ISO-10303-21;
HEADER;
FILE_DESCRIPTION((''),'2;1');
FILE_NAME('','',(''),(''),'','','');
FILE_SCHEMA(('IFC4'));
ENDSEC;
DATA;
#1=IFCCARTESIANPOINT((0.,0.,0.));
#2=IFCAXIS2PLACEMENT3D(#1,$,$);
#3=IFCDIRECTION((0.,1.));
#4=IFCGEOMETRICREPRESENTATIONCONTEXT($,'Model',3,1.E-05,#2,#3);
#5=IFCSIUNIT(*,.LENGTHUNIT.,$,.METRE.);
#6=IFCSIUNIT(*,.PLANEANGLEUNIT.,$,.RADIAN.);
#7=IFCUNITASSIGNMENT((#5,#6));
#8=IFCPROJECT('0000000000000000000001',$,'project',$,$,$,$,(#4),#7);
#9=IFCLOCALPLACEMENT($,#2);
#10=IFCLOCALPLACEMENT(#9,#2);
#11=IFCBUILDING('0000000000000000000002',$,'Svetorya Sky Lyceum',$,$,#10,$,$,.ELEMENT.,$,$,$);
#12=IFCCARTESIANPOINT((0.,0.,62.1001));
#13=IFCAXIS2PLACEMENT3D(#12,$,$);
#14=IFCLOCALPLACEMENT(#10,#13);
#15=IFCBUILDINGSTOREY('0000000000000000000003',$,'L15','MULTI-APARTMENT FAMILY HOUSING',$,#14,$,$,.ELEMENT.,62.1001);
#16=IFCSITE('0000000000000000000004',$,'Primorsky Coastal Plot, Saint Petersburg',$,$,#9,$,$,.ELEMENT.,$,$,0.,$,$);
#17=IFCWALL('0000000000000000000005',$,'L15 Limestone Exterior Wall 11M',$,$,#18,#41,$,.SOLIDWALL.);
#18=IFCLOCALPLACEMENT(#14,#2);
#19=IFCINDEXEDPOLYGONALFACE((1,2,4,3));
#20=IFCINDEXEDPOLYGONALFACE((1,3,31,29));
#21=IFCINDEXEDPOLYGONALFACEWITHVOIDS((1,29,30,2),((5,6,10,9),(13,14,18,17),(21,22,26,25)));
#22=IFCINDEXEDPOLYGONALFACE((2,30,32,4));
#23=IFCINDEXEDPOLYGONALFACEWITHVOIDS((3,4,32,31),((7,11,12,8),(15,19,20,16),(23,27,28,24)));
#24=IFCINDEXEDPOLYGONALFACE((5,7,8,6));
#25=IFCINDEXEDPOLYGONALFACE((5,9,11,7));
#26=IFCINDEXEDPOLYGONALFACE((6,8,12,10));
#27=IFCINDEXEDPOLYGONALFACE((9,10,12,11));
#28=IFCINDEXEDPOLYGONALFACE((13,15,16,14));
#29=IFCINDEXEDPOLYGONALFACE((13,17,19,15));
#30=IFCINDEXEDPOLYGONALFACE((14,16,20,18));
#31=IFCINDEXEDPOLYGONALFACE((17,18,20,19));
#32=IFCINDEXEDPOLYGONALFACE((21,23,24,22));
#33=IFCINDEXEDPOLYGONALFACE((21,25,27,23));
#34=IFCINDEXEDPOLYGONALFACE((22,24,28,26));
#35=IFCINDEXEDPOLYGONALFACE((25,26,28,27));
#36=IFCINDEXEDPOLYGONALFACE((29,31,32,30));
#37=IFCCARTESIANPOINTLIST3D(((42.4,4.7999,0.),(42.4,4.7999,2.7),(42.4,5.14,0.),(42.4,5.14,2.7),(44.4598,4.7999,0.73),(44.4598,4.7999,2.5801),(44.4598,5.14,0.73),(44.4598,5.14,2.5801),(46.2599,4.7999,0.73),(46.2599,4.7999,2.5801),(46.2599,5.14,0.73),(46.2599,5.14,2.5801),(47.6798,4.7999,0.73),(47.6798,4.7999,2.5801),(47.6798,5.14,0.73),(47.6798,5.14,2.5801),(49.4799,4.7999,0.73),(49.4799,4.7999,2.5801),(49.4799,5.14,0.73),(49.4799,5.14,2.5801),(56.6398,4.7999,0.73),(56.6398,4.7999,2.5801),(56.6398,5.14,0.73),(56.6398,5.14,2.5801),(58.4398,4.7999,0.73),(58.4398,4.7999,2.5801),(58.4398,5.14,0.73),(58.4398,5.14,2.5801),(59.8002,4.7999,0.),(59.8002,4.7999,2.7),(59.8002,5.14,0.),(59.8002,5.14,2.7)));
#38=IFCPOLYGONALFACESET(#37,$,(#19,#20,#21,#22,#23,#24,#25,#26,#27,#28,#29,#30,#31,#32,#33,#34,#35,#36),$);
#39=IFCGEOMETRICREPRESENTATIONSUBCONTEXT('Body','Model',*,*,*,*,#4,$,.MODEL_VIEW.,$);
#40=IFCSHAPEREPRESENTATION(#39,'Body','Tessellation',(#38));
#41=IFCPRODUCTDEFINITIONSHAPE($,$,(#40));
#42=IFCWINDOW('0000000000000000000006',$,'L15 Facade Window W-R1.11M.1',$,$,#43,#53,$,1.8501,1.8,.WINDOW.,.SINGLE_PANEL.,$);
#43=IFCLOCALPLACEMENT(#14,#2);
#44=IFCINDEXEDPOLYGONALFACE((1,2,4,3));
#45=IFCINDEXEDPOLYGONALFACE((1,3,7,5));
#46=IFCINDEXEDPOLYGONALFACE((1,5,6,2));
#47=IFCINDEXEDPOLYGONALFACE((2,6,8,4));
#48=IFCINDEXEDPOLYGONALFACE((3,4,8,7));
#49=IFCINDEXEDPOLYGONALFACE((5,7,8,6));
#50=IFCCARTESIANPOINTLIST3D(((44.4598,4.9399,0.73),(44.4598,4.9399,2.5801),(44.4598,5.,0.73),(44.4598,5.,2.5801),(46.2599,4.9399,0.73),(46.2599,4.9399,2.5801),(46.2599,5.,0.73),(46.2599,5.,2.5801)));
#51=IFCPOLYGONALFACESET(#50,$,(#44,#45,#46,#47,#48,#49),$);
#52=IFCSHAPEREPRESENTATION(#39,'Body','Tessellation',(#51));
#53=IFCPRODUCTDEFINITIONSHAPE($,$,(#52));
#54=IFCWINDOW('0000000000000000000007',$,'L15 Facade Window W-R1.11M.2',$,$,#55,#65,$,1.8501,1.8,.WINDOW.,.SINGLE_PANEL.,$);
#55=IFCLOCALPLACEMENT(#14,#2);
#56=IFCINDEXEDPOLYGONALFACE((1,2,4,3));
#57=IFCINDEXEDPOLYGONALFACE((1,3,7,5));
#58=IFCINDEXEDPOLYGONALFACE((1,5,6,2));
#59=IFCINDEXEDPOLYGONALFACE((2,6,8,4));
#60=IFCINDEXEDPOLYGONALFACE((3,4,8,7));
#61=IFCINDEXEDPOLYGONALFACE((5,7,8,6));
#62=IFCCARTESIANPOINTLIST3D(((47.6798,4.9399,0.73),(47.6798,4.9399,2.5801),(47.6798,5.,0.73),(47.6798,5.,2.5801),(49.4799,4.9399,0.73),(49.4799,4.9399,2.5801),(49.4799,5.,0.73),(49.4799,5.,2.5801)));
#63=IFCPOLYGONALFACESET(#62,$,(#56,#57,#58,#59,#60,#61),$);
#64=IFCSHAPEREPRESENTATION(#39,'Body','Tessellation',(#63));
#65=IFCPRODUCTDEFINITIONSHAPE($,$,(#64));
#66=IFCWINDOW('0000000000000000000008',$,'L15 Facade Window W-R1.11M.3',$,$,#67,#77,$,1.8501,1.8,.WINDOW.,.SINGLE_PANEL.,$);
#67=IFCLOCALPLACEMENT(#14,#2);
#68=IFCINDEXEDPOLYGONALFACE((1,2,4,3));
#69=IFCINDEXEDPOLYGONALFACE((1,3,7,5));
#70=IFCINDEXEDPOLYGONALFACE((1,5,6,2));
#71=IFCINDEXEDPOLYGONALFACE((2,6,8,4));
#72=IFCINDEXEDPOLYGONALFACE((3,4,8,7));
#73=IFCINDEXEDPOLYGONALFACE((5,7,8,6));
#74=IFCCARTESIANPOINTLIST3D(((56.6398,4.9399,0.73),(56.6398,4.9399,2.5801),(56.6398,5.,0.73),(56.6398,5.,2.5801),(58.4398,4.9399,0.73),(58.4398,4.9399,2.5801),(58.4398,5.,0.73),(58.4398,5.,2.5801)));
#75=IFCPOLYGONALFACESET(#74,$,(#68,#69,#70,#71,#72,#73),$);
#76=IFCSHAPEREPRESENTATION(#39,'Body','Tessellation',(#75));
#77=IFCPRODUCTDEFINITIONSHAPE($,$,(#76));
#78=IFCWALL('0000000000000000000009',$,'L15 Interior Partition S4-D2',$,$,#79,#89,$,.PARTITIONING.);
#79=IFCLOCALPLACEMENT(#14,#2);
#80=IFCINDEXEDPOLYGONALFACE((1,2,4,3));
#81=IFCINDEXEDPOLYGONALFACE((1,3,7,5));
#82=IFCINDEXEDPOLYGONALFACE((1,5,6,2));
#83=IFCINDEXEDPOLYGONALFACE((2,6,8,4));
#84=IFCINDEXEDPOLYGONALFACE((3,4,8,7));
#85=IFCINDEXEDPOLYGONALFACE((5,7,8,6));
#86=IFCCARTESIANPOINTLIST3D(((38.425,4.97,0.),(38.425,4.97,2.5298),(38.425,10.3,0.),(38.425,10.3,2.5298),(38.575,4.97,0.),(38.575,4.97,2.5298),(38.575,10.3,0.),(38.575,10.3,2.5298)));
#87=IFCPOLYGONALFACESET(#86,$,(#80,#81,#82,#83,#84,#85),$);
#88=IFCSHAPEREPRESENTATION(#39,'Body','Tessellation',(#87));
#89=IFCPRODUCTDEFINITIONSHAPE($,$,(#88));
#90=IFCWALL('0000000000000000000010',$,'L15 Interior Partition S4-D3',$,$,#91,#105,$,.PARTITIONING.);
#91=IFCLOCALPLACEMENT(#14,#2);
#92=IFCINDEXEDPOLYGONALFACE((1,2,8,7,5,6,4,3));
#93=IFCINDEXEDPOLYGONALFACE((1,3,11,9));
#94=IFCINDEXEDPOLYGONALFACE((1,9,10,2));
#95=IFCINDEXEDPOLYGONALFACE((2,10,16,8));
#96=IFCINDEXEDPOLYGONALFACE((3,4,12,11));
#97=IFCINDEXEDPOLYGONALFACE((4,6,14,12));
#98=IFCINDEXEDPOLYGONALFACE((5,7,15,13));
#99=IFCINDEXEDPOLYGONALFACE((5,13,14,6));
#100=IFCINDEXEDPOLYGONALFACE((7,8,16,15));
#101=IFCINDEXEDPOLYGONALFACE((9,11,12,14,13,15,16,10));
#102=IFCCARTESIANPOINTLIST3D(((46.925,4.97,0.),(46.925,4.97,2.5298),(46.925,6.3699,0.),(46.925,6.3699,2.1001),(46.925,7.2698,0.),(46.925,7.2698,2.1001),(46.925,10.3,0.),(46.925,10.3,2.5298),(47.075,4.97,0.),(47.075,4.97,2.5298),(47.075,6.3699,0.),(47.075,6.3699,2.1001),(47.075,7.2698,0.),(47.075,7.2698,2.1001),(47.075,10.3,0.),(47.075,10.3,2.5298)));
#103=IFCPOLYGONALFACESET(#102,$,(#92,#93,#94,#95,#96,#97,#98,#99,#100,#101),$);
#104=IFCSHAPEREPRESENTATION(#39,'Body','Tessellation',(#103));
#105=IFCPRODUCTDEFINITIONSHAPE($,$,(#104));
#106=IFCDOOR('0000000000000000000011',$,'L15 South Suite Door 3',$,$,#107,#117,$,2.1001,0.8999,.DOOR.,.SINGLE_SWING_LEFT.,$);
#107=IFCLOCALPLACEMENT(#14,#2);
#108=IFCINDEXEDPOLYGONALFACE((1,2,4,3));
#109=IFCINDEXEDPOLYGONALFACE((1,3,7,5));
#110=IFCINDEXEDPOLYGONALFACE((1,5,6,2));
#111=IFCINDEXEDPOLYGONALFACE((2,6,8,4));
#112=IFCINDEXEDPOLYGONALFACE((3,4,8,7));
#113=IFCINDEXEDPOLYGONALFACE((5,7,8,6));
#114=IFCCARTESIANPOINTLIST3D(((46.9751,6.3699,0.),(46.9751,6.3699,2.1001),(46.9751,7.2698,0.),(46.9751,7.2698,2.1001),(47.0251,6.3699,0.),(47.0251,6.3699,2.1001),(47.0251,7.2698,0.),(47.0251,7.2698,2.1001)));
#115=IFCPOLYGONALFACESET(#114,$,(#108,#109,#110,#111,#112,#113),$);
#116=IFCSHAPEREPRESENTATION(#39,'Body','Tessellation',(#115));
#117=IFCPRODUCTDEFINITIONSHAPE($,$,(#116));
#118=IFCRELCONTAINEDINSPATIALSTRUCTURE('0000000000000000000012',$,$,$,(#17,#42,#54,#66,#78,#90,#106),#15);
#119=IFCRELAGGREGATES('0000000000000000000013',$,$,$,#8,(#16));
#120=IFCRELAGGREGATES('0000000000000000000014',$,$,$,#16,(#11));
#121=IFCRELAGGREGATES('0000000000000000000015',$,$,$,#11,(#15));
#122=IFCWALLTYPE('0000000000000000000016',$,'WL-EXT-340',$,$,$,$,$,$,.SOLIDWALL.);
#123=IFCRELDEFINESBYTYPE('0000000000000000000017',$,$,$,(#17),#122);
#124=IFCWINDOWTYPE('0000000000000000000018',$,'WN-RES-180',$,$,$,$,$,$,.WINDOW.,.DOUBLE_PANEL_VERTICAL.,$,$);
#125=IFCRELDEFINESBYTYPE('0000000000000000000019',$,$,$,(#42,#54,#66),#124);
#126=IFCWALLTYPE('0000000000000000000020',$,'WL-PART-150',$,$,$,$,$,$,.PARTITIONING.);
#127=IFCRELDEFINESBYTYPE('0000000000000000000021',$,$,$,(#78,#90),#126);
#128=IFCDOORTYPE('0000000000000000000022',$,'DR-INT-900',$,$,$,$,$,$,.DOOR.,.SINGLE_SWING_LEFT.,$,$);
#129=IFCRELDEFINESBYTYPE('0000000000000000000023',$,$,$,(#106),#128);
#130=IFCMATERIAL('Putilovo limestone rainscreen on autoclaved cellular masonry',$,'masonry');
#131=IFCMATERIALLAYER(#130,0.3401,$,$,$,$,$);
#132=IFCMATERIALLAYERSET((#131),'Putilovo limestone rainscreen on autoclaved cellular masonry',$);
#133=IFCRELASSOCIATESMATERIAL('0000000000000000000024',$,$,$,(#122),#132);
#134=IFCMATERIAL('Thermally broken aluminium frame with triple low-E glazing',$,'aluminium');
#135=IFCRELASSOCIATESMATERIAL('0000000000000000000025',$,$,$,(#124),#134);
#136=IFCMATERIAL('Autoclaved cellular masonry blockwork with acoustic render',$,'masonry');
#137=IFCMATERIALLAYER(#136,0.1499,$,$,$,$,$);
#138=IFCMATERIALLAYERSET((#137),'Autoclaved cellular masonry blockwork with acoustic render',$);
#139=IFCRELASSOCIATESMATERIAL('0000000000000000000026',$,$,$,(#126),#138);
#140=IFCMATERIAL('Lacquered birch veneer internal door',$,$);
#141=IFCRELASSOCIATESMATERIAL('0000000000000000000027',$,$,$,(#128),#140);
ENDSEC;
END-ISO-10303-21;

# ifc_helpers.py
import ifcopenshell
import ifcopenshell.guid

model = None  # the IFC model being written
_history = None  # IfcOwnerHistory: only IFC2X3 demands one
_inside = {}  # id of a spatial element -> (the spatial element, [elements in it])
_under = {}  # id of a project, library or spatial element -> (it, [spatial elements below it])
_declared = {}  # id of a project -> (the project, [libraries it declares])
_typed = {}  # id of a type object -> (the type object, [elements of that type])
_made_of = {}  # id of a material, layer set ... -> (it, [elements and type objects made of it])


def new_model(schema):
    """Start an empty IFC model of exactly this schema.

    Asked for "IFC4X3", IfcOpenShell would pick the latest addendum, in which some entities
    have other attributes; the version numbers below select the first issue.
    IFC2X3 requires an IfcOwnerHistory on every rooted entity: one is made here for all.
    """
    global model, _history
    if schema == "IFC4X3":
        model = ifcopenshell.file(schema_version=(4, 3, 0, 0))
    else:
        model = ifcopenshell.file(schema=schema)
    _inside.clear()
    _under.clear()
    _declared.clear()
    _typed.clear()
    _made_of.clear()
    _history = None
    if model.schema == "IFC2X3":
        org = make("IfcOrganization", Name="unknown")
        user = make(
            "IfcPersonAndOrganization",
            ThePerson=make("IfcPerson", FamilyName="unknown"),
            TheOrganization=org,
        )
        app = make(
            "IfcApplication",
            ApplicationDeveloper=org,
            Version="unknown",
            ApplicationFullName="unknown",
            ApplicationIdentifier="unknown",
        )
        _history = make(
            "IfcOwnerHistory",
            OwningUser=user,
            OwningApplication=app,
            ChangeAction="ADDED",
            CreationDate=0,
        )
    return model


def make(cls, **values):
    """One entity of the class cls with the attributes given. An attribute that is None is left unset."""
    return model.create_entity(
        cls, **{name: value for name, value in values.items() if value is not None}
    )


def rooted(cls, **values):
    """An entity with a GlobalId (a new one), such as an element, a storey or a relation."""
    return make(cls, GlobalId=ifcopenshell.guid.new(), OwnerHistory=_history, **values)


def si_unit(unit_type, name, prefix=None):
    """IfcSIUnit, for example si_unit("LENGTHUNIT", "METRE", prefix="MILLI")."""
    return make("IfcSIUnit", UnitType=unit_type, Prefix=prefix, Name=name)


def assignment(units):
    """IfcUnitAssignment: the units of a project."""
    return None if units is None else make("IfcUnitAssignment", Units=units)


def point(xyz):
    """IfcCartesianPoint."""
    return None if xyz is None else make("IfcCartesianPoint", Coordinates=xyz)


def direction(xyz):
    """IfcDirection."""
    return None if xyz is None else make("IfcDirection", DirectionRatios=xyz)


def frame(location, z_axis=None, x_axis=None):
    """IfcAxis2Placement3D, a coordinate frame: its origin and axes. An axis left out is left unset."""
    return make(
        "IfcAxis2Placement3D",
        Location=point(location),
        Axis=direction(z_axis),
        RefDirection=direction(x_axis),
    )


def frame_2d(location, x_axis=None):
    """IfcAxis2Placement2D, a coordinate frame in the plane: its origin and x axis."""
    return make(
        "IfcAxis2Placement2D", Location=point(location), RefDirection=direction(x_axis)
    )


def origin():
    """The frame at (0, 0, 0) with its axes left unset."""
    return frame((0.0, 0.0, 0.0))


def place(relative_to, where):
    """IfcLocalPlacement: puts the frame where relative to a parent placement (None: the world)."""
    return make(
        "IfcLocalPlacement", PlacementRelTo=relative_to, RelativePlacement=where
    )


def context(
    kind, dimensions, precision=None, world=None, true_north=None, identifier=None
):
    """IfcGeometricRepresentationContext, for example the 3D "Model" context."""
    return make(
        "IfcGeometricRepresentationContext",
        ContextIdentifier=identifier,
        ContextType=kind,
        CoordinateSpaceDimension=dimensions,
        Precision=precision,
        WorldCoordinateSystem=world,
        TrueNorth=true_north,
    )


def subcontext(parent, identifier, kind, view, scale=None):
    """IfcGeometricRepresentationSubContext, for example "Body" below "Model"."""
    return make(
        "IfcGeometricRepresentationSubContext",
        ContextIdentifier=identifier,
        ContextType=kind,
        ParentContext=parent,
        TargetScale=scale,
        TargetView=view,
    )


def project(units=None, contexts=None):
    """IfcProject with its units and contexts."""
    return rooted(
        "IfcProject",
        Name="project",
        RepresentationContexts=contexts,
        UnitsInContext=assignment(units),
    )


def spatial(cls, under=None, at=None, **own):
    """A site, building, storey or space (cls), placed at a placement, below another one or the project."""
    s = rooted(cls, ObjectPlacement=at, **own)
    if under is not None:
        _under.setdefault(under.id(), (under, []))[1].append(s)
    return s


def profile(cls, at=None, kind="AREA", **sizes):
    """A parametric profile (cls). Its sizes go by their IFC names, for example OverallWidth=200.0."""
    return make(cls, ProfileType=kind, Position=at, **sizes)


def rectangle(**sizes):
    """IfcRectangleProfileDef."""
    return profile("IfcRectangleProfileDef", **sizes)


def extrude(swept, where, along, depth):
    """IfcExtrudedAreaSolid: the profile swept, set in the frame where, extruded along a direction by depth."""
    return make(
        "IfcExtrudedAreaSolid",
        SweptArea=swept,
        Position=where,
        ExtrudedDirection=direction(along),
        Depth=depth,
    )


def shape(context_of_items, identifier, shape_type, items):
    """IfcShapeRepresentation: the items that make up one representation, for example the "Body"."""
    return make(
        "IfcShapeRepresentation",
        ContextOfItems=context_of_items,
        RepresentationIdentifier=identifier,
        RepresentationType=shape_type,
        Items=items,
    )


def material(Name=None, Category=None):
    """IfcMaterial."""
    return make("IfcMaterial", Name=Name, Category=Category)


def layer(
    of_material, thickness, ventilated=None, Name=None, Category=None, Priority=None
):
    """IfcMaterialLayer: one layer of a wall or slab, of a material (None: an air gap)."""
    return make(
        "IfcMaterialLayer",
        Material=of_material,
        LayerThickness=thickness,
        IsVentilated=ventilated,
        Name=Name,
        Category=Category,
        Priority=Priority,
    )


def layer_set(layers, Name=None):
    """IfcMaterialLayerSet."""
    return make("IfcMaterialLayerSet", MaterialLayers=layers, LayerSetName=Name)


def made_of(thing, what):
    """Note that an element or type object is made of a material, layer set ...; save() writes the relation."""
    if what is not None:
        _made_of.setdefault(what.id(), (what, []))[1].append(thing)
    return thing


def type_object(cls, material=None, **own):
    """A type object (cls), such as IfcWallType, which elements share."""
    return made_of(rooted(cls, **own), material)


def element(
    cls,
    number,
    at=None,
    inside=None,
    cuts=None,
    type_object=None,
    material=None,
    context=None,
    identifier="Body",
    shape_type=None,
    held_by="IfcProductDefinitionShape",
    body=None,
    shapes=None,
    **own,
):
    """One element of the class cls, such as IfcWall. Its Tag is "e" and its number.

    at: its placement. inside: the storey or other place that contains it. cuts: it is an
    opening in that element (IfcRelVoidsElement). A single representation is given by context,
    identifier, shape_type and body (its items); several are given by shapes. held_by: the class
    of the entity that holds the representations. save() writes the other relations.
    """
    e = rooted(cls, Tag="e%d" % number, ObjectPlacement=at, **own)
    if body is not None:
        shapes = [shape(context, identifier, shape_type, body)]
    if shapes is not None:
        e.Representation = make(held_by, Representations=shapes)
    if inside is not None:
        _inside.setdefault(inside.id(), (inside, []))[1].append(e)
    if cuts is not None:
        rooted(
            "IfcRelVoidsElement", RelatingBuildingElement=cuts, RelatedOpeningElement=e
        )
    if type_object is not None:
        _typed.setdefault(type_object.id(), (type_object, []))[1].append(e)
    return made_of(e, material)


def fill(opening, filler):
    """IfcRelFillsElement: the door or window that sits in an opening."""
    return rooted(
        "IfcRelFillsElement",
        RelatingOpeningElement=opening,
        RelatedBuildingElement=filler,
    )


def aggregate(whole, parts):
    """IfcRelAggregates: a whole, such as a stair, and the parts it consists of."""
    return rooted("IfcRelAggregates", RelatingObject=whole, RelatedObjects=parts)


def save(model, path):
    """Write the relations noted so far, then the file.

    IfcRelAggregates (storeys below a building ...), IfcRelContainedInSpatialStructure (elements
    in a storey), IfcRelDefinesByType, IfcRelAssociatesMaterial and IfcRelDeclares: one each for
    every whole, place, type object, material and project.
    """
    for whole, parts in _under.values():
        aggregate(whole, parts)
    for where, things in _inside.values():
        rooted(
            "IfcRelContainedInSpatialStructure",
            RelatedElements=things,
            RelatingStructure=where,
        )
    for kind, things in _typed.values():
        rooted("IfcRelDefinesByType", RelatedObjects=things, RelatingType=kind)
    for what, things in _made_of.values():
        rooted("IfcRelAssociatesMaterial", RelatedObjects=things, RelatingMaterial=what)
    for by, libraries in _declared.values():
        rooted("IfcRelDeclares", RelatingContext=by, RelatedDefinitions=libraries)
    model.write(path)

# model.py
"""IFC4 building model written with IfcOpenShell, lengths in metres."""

from ifc_helpers import new_model, si_unit, direction, frame, frame_2d, origin, place, context, subcontext, project, spatial, rectangle, extrude, material, layer, layer_set, type_object, element, fill, save


model = new_model("IFC4")

# Units and contexts
model_context = context("Model", 3, precision=1e-05, world=origin(), true_north=direction((0.0, 1.0)))
body_context = subcontext(model_context, "Body", "Model", "MODEL_VIEW")
ifc_project = project(units=[si_unit("LENGTHUNIT", "METRE"), si_unit("PLANEANGLEUNIT", "RADIAN")], contexts=[model_context])

# Site, building, storey
site_placement = place(None, origin())
site = spatial("IfcSite", under=ifc_project, at=site_placement, Name="Primorsky Coastal Plot, Saint Petersburg", CompositionType="ELEMENT", RefElevation=0.0)
building_placement = place(site_placement, origin())
building = spatial("IfcBuilding", under=site, at=building_placement, Name="Svetorya Sky Lyceum", CompositionType="ELEMENT")
storey_placement = place(building_placement, frame((0.0, 0.0, 62.1001)))
storey = spatial("IfcBuildingStorey", under=building, at=storey_placement, Name="L15", Description="MULTI-APARTMENT FAMILY HOUSING", CompositionType="ELEMENT", Elevation=62.1001)

# Shared definitions
ifc_material_1 = material(Name="Putilovo limestone rainscreen on autoclaved cellular masonry", Category="masonry")
ifc_layer_1 = layer(ifc_material_1, 0.3401)
ifc_layer_set_1 = layer_set([ifc_layer_1], Name="Putilovo limestone rainscreen on autoclaved cellular masonry")
wall_type_1 = type_object("IfcWallType", Name="WL-EXT-340", PredefinedType="SOLIDWALL", material=ifc_layer_set_1)

# Wall, openings, windows
wall_1_placement = place(storey_placement, frame((42.3999, 4.97, 0.0), z_axis=(0.0, 0.0, 1.0), x_axis=(1.0, 0.0, 0.0)))
wall_1 = element("IfcWall", 1, at=wall_1_placement, inside=storey, type_object=wall_type_1, Name="L15 Limestone Exterior Wall 11M", PredefinedType="SOLIDWALL", context=body_context, shape_type="SweptSolid", body=[
    extrude(rectangle(XDim=17.4001, YDim=0.3401, at=frame_2d((8.7002, 0.0))), origin(), (0.0, 0.0, 1.0), 2.7),
])
opening_1_placement = place(wall_1_placement, frame((2.0601, 0.0, 0.73)))
opening_1 = element("IfcOpeningElement", 2, at=opening_1_placement, cuts=wall_1, PredefinedType="OPENING", context=body_context, shape_type="SweptSolid", body=[
    extrude(rectangle(XDim=1.8, YDim=1.8501, at=frame_2d((0.8999, 0.925))), frame((0.0, 0.1799, 0.0), z_axis=(0.0, -1.0, 0.0), x_axis=(1.0, 0.0, 0.0)), (0.0, 0.0, 1.0), 0.3601),
])
opening_2_placement = place(wall_1_placement, frame((5.28, 0.0, 0.73)))
opening_2 = element("IfcOpeningElement", 3, at=opening_2_placement, cuts=wall_1, PredefinedType="OPENING", context=body_context, shape_type="SweptSolid", body=[
    extrude(rectangle(XDim=1.8, YDim=1.8501, at=frame_2d((0.8999, 0.925))), frame((0.0, 0.1799, 0.0), z_axis=(0.0, -1.0, 0.0), x_axis=(1.0, 0.0, 0.0)), (0.0, 0.0, 1.0), 0.3601),
])
opening_3_placement = place(wall_1_placement, frame((14.24, 0.0, 0.73)))
opening_3 = element("IfcOpeningElement", 4, at=opening_3_placement, cuts=wall_1, PredefinedType="OPENING", context=body_context, shape_type="SweptSolid", body=[
    extrude(rectangle(XDim=1.8, YDim=1.8501, at=frame_2d((0.8999, 0.925))), frame((0.0, 0.1799, 0.0), z_axis=(0.0, -1.0, 0.0), x_axis=(1.0, 0.0, 0.0)), (0.0, 0.0, 1.0), 0.3601),
])
ifc_material_2 = material(Name="Thermally broken aluminium frame with triple low-E glazing", Category="aluminium")
window_type = type_object("IfcWindowType", Name="WN-RES-180", PartitioningType="DOUBLE_PANEL_VERTICAL", PredefinedType="WINDOW", material=ifc_material_2)
window_1_placement = place(opening_1_placement, origin())
window_1 = element("IfcWindow", 5, at=window_1_placement, inside=storey, type_object=window_type, Name="L15 Facade Window W-R1.11M.1", OverallHeight=1.8501, OverallWidth=1.8, PartitioningType="SINGLE_PANEL", PredefinedType="WINDOW", context=body_context, shape_type="SweptSolid", body=[
    extrude(rectangle(XDim=1.8, YDim=1.8501, at=frame_2d((0.8999, 0.925))), frame((0.0, 0.03, 0.0), z_axis=(0.0, -1.0, 0.0), x_axis=(1.0, 0.0, 0.0)), (0.0, 0.0, 1.0), 0.0601),
])
fill(opening_1, window_1)
window_2_placement = place(opening_2_placement, origin())
window_2 = element("IfcWindow", 6, at=window_2_placement, inside=storey, type_object=window_type, Name="L15 Facade Window W-R1.11M.2", OverallHeight=1.8501, OverallWidth=1.8, PartitioningType="SINGLE_PANEL", PredefinedType="WINDOW", context=body_context, shape_type="SweptSolid", body=[
    extrude(rectangle(XDim=1.8, YDim=1.8501, at=frame_2d((0.8999, 0.925))), frame((0.0, 0.03, 0.0), z_axis=(0.0, -1.0, 0.0), x_axis=(1.0, 0.0, 0.0)), (0.0, 0.0, 1.0), 0.0601),
])
fill(opening_2, window_2)
window_3_placement = place(opening_3_placement, origin())
window_3 = element("IfcWindow", 7, at=window_3_placement, inside=storey, type_object=window_type, Name="L15 Facade Window W-R1.11M.3", OverallHeight=1.8501, OverallWidth=1.8, PartitioningType="SINGLE_PANEL", PredefinedType="WINDOW", context=body_context, shape_type="SweptSolid", body=[
    extrude(rectangle(XDim=1.8, YDim=1.8501, at=frame_2d((0.8999, 0.925))), frame((0.0, 0.03, 0.0), z_axis=(0.0, -1.0, 0.0), x_axis=(1.0, 0.0, 0.0)), (0.0, 0.0, 1.0), 0.0601),
])
fill(opening_3, window_3)

# Wall
ifc_material_3 = material(Name="Autoclaved cellular masonry blockwork with acoustic render", Category="masonry")
ifc_layer_2 = layer(ifc_material_3, 0.1499)
ifc_layer_set_2 = layer_set([ifc_layer_2], Name="Autoclaved cellular masonry blockwork with acoustic render")
wall_type_2 = type_object("IfcWallType", Name="WL-PART-150", PredefinedType="PARTITIONING", material=ifc_layer_set_2)
wall_2_placement = place(storey_placement, frame((38.5, 4.97, 0.0), z_axis=(0.0, 0.0, 1.0), x_axis=(0.0, 1.0, 0.0)))
element("IfcWall", 8, at=wall_2_placement, inside=storey, type_object=wall_type_2, Name="L15 Interior Partition S4-D2", PredefinedType="PARTITIONING", context=body_context, shape_type="SweptSolid", body=[
    extrude(rectangle(XDim=5.3301, YDim=0.1499, at=frame_2d((2.665, 0.0))), origin(), (0.0, 0.0, 1.0), 2.5298),
])

# Wall, opening, door
wall_3_placement = place(storey_placement, frame((47.0, 4.97, 0.0), z_axis=(0.0, 0.0, 1.0), x_axis=(0.0, 1.0, 0.0)))
wall_3 = element("IfcWall", 9, at=wall_3_placement, inside=storey, type_object=wall_type_2, Name="L15 Interior Partition S4-D3", PredefinedType="PARTITIONING", context=body_context, shape_type="SweptSolid", body=[
    extrude(rectangle(XDim=5.3301, YDim=0.1499, at=frame_2d((2.665, 0.0))), origin(), (0.0, 0.0, 1.0), 2.5298),
])
opening_4_placement = place(wall_3_placement, frame((1.3999, 0.0, 0.0)))
opening_4 = element("IfcOpeningElement", 10, at=opening_4_placement, cuts=wall_3, PredefinedType="OPENING", context=body_context, shape_type="SweptSolid", body=[
    extrude(rectangle(XDim=0.8999, YDim=2.1001, at=frame_2d((0.45, 1.05))), frame((0.0, 0.085, 0.0), z_axis=(0.0, -1.0, 0.0), x_axis=(1.0, 0.0, 0.0)), (0.0, 0.0, 1.0), 0.1699),
])
ifc_material_4 = material(Name="Lacquered birch veneer internal door")
door_type = type_object("IfcDoorType", Name="DR-INT-900", OperationType="SINGLE_SWING_LEFT", PredefinedType="DOOR", material=ifc_material_4)
door_placement = place(opening_4_placement, origin())
door = element("IfcDoor", 11, at=door_placement, inside=storey, type_object=door_type, Name="L15 South Suite Door 3", OperationType="SINGLE_SWING_LEFT", OverallHeight=2.1001, OverallWidth=0.8999, PredefinedType="DOOR", context=body_context, shape_type="SweptSolid", body=[
    extrude(rectangle(XDim=0.8999, YDim=2.1001, at=frame_2d((0.45, 1.05))), frame((0.0, 0.0249, 0.0), z_axis=(0.0, -1.0, 0.0), x_axis=(1.0, 0.0, 0.0)), (0.0, 0.0, 1.0), 0.05),
])
fill(opening_4, door)

save(model, "model.ifc")
